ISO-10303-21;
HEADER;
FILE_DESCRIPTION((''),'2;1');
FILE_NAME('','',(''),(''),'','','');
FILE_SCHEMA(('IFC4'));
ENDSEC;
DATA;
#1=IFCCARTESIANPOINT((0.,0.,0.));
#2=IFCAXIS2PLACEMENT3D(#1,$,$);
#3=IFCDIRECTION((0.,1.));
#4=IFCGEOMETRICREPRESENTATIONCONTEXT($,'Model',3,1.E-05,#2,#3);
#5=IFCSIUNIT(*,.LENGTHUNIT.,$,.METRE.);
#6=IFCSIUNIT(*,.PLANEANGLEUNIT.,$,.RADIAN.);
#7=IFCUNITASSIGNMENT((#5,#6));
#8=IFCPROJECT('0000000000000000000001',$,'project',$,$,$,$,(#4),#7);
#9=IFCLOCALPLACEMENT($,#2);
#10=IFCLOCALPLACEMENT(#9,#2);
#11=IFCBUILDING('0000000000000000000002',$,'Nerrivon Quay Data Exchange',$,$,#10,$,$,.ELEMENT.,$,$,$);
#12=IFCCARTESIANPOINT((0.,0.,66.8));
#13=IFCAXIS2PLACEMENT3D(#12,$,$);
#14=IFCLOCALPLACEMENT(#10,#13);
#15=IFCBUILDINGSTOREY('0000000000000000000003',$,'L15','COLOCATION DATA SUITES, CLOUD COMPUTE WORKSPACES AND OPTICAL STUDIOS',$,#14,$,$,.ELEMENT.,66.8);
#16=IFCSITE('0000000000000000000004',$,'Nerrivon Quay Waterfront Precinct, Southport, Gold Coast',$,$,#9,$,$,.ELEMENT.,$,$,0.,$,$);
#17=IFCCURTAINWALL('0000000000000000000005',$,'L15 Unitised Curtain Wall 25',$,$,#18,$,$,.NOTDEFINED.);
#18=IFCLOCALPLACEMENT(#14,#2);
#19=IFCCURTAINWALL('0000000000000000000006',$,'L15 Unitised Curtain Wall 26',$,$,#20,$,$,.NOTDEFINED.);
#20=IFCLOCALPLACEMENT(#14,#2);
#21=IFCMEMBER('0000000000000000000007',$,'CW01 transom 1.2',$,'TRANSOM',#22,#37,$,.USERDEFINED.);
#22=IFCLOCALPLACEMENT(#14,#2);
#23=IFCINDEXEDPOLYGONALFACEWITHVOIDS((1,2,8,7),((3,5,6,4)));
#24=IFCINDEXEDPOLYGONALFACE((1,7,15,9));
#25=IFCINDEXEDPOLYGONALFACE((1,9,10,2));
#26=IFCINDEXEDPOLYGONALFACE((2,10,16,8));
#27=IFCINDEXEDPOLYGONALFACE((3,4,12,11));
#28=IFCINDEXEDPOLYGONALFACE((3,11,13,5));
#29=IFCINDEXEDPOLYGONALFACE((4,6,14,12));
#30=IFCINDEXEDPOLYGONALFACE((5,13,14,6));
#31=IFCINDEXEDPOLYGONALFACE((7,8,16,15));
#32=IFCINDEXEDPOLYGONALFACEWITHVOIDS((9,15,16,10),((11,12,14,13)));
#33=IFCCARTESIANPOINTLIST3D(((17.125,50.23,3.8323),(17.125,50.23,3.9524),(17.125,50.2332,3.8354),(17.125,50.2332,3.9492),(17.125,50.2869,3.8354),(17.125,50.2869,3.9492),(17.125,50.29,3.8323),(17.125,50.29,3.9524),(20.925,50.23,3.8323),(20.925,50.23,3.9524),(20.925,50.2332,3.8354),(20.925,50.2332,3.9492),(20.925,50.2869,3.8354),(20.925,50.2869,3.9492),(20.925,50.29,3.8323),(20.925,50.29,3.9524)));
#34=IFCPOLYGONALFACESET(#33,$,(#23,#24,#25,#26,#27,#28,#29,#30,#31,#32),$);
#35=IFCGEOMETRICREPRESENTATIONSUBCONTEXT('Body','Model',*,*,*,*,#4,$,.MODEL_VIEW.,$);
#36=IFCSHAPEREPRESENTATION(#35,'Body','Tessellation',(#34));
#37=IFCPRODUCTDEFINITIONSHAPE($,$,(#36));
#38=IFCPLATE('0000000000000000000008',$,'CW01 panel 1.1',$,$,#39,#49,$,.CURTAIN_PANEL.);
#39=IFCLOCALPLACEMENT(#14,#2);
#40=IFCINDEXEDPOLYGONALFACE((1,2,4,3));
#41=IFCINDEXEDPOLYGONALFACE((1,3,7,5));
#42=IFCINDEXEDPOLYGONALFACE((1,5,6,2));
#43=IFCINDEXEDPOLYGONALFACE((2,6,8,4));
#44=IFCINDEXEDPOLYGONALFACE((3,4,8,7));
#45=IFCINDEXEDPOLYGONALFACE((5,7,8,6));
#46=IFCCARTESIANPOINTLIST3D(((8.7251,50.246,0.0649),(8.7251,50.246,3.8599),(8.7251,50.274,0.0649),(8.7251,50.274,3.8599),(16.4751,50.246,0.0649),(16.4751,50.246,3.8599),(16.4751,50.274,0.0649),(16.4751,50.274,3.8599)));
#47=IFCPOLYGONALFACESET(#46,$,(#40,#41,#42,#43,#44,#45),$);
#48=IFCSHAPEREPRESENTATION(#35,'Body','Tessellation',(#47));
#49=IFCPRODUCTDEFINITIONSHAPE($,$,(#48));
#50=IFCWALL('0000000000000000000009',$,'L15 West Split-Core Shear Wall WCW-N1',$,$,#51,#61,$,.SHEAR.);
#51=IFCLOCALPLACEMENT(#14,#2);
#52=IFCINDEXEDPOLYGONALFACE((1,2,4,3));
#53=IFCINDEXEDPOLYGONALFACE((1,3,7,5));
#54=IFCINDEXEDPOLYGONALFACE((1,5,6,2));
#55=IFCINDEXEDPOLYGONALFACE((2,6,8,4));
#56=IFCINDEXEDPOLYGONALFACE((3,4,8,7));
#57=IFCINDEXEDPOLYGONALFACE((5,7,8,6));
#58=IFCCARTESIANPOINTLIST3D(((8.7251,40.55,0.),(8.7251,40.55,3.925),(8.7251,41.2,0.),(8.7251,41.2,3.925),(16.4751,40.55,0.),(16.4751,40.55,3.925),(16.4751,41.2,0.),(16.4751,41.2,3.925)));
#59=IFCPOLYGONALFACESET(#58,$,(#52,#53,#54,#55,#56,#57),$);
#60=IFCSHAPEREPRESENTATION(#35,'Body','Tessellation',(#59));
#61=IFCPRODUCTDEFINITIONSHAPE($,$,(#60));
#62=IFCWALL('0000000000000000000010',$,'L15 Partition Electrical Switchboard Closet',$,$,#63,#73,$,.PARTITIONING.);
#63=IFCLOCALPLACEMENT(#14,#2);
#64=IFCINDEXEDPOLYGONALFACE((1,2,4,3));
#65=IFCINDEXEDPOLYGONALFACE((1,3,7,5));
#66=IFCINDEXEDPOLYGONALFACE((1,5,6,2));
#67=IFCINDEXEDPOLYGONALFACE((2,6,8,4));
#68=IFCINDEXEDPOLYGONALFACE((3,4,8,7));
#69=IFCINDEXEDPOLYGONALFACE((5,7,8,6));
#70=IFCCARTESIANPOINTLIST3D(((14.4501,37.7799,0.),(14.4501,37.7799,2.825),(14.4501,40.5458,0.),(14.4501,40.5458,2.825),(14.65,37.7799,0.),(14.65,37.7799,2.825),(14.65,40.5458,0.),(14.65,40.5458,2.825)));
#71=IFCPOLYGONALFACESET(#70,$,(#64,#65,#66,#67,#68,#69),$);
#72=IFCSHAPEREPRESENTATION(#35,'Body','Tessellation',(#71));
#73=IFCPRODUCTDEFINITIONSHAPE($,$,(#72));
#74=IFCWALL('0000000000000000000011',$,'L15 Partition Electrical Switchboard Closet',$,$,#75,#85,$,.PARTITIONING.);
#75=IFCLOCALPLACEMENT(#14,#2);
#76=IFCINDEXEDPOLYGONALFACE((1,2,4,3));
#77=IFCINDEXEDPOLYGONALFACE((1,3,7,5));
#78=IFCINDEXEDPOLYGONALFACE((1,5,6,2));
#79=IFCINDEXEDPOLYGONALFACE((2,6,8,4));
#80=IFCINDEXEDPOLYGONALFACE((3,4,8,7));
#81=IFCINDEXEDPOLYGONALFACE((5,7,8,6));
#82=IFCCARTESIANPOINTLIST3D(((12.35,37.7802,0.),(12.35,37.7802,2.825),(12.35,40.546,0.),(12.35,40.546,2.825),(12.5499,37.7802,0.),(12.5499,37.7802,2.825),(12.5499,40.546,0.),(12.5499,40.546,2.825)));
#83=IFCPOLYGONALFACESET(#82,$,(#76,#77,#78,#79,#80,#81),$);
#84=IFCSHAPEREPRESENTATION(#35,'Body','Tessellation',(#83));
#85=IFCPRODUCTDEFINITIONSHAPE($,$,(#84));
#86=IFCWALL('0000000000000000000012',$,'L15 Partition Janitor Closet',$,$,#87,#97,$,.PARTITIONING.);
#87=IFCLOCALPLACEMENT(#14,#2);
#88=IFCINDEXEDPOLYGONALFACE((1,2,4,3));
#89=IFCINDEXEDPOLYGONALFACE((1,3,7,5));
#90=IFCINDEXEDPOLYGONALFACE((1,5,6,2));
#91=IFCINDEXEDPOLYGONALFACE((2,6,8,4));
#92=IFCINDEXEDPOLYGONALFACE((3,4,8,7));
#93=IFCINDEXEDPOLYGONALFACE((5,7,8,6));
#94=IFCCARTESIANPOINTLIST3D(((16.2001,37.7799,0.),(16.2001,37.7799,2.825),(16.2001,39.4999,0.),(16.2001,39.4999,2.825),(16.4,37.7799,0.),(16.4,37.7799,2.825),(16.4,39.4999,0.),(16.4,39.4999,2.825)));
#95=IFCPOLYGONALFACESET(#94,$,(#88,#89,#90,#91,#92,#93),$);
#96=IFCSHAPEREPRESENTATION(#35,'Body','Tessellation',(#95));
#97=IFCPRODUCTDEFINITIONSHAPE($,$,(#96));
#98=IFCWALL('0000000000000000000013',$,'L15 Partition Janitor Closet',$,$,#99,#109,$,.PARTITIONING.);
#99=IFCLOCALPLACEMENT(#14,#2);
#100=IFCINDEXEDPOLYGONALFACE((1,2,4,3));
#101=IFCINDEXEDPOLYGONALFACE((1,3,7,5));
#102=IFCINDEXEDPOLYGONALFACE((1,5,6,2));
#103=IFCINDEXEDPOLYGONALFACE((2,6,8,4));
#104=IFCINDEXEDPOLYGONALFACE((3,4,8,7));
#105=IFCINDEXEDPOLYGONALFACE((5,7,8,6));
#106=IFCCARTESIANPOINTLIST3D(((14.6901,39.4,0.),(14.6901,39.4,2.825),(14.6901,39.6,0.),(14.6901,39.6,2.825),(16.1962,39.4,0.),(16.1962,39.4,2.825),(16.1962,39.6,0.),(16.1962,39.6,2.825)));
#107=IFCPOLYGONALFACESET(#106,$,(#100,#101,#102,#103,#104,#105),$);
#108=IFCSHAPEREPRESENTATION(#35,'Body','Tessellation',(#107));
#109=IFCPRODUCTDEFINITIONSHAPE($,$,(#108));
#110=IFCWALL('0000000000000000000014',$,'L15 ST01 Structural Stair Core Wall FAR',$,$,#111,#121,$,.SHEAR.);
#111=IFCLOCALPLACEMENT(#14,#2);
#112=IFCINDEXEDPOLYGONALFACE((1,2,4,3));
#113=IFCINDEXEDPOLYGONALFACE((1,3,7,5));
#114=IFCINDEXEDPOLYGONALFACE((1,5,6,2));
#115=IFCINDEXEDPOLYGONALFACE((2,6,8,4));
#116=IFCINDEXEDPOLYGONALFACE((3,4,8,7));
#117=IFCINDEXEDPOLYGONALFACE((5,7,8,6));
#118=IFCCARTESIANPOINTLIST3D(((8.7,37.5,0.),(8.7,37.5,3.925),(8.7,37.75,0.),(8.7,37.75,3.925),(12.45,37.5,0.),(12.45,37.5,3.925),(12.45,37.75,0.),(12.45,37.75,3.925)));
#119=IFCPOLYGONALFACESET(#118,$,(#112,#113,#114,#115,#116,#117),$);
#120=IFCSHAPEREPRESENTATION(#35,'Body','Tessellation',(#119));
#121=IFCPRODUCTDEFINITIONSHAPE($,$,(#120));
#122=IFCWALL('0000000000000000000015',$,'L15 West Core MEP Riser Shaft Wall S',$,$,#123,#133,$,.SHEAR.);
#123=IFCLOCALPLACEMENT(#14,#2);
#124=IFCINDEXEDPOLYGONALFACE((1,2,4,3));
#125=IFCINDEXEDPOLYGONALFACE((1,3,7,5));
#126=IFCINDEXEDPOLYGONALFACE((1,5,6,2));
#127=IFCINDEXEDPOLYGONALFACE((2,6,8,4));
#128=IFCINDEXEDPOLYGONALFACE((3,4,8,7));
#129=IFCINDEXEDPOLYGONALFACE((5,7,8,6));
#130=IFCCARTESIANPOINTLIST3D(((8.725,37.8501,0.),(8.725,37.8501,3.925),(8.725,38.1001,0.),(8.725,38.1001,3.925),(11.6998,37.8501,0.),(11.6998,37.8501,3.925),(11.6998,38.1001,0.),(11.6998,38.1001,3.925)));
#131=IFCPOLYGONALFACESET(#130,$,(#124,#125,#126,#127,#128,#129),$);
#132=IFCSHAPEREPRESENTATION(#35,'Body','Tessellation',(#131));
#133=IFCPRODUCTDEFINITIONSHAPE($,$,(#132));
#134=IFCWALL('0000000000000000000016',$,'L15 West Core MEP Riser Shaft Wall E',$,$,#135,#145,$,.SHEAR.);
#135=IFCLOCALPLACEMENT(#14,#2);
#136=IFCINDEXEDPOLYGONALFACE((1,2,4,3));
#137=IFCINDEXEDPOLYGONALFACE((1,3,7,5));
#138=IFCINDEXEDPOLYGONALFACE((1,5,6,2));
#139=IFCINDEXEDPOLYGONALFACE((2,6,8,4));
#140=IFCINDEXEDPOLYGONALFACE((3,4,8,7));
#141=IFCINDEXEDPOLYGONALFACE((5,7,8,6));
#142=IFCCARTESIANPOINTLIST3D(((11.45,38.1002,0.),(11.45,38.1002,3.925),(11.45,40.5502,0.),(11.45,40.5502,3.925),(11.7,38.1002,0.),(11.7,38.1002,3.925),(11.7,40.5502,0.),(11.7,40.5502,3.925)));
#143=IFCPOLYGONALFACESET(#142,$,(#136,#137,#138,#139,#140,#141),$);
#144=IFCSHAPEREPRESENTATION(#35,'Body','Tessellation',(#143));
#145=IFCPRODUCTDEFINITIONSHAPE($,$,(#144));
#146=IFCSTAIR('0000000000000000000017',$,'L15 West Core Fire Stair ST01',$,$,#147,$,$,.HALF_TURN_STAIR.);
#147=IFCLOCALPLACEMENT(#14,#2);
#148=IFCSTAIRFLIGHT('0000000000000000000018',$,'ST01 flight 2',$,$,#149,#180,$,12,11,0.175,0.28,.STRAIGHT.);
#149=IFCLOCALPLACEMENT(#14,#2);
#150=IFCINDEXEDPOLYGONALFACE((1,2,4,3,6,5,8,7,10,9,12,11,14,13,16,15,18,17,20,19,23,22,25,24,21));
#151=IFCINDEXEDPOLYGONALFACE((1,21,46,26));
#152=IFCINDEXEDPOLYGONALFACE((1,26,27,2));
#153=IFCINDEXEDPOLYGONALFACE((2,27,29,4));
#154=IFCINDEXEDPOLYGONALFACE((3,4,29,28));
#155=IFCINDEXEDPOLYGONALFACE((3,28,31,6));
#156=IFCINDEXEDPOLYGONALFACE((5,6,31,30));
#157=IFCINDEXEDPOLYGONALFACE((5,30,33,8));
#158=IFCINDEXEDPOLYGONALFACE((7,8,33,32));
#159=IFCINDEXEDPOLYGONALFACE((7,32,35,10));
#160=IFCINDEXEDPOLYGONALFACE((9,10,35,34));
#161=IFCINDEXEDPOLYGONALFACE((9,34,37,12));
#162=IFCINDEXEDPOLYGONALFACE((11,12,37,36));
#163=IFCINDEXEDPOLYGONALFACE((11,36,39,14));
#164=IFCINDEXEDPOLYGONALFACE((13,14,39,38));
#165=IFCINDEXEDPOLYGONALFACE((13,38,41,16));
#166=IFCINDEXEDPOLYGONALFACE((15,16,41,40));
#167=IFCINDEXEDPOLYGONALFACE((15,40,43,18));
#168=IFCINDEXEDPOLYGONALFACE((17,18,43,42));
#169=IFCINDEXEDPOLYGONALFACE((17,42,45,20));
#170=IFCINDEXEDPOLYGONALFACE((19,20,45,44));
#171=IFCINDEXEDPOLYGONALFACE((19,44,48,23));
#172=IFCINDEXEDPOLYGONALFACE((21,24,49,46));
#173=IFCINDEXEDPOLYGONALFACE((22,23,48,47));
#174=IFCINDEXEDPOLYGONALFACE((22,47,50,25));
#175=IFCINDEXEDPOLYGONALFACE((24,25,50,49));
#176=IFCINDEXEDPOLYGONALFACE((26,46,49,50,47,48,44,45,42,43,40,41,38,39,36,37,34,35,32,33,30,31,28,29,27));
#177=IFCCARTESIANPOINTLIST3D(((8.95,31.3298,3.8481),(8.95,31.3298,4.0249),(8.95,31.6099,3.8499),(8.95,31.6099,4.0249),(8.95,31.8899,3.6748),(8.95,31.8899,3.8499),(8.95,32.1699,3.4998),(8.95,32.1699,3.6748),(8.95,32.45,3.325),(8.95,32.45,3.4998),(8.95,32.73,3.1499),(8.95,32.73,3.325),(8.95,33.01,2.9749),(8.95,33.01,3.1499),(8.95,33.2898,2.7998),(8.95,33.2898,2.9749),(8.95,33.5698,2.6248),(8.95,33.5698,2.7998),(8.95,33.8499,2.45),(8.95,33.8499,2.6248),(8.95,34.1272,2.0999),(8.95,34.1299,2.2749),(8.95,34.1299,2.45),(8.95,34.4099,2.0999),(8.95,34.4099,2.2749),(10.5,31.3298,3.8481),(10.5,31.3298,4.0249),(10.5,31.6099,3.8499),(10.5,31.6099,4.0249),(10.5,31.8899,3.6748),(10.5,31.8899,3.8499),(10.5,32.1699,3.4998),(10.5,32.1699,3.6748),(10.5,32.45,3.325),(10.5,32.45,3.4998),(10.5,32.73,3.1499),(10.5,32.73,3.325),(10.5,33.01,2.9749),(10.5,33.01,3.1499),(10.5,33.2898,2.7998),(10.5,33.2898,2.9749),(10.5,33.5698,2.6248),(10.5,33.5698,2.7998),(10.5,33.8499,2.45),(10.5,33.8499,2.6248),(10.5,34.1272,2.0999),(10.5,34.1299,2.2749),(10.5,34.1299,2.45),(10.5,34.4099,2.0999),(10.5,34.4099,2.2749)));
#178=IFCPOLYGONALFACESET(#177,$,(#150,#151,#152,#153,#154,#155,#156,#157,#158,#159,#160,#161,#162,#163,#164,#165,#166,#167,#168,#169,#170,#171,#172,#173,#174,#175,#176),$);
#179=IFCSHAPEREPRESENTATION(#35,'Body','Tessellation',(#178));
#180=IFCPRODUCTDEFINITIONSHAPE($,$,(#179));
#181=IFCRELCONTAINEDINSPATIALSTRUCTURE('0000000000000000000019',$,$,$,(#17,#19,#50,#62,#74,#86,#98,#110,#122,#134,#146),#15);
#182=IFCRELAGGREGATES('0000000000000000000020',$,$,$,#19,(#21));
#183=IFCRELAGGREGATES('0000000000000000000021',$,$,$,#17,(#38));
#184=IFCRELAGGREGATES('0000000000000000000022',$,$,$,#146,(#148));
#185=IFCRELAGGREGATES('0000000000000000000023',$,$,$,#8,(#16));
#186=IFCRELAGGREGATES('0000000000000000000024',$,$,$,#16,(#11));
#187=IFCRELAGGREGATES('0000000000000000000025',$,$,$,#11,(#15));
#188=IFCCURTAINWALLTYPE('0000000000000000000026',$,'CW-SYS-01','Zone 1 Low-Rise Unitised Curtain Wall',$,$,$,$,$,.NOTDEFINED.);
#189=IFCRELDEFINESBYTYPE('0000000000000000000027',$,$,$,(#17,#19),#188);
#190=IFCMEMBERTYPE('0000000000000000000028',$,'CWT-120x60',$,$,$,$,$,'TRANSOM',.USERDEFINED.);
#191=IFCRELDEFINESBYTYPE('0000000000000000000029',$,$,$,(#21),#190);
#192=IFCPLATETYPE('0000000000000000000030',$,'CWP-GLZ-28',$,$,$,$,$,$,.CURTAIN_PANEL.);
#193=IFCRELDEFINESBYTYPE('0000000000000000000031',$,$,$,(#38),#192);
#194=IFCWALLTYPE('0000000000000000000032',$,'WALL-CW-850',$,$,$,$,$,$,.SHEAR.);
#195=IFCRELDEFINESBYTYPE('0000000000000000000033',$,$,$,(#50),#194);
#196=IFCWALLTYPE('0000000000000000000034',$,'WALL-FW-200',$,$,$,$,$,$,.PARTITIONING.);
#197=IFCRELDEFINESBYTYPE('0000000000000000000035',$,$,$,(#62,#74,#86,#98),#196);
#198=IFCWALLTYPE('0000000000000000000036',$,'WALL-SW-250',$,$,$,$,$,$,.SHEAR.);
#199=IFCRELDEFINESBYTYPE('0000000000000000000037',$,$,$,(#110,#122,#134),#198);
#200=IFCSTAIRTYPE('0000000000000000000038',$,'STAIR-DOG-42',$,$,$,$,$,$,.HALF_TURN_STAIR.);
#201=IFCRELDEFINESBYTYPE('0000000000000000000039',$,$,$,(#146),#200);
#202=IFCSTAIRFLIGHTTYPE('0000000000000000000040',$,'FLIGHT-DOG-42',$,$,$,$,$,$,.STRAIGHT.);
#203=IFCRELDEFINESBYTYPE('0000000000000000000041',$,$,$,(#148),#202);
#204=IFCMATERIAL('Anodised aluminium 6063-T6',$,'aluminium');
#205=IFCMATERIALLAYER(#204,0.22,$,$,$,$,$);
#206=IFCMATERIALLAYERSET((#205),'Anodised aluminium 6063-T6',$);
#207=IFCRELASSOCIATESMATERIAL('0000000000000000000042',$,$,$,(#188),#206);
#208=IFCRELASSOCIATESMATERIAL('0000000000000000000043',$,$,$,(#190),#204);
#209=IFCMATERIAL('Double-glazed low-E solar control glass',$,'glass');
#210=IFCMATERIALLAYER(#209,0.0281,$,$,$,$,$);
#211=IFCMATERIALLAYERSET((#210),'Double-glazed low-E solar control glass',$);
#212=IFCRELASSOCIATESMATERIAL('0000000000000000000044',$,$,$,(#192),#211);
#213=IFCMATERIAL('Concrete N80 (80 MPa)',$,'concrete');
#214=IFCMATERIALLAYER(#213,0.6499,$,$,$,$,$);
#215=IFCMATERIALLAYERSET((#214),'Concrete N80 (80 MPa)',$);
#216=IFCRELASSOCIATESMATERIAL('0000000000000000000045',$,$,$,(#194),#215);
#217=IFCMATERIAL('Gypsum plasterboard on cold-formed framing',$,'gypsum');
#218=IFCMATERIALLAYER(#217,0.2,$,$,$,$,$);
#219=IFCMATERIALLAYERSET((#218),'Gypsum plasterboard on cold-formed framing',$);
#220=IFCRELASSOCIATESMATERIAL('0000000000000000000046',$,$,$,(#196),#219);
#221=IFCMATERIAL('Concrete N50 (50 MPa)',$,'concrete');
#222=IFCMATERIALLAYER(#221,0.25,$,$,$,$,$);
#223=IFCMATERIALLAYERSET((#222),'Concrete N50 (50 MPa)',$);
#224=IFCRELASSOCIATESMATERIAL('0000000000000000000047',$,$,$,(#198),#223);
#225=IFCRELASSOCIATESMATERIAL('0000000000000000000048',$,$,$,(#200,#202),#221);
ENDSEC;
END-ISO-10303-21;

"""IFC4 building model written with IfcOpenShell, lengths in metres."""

from ifc_helpers import new_model, si_unit, direction, frame, frame_2d, origin, origin_2d, place, context, subcontext, project, spatial, polyline, rectangle, hollow_rectangle, outline, extrude, material, layer, layer_set, material_profile, profile_set, type_object, element, aggregate, save


model = new_model("IFC4")

# Units and contexts
model_context = context("Model", 3, precision=1e-05, world=origin(), true_north=direction((0.0, 1.0)))
body_context = subcontext(model_context, "Body", "Model", "MODEL_VIEW")
ifc_project = project(units=[si_unit("LENGTHUNIT", "METRE"), si_unit("PLANEANGLEUNIT", "RADIAN")], contexts=[model_context])

# Site, building, storey
site_placement = place(None, origin())
site = spatial("IfcSite", under=ifc_project, at=site_placement, Name="Nerrivon Quay Waterfront Precinct, Southport, Gold Coast", CompositionType="ELEMENT", RefElevation=0.0)
building_placement = place(site_placement, origin())
building = spatial("IfcBuilding", under=site, at=building_placement, Name="Nerrivon Quay Data Exchange", CompositionType="ELEMENT")
storey_placement = place(building_placement, frame((0.0, 0.0, 66.8)))
storey = spatial("IfcBuildingStorey", under=building, at=storey_placement, Name="L15", Description="COLOCATION DATA SUITES, CLOUD COMPUTE WORKSPACES AND OPTICAL STUDIOS", CompositionType="ELEMENT", Elevation=66.8)

# Shared definitions
ifc_material_1 = material(Name="Concrete N80 (80 MPa)", Category="concrete")

# Curtain walls
ifc_material_2 = material(Name="Anodised aluminium 6063-T6", Category="aluminium")
ifc_layer_1 = layer(ifc_material_2, 0.22)
ifc_layer_set_1 = layer_set([ifc_layer_1], Name="Anodised aluminium 6063-T6")
curtain_wall_type = type_object("IfcCurtainWallType", Name="CW-SYS-01", Description="Zone 1 Low-Rise Unitised Curtain Wall", PredefinedType="NOTDEFINED", material=ifc_layer_set_1)
curtain_wall_1_placement = place(storey_placement, origin())
curtain_wall_1 = element("IfcCurtainWall", 1, at=curtain_wall_1_placement, inside=storey, type_object=curtain_wall_type, Name="L15 Unitised Curtain Wall 25", PredefinedType="NOTDEFINED")
curtain_wall_2_placement = place(storey_placement, origin())
curtain_wall_2 = element("IfcCurtainWall", 2, at=curtain_wall_2_placement, inside=storey, type_object=curtain_wall_type, Name="L15 Unitised Curtain Wall 26", PredefinedType="NOTDEFINED")

# Member
ifc_material_profile_1 = material_profile(ifc_material_2, hollow_rectangle(XDim=0.0601, YDim=0.1201, WallThickness=0.0032, at=origin_2d()), Name="ALU-TRAN-120x60")
ifc_profile_set_1 = profile_set([ifc_material_profile_1], Name="Anodised aluminium 6063-T6")
member_type_1 = type_object("IfcMemberType", Name="CWT-120x60", ElementType="TRANSOM", PredefinedType="USERDEFINED", material=ifc_profile_set_1)
member_1_placement = place(storey_placement, frame((17.125, 50.26, 3.8923), z_axis=(1.0, 0.0, 0.0), x_axis=(0.0, 1.0, 0.0)))
member_1 = element("IfcMember", 3, at=member_1_placement, type_object=member_type_1, Name="CW01 transom 1.2", ObjectType="TRANSOM", PredefinedType="USERDEFINED", context=body_context, shape_type="SweptSolid", body=[
    extrude(hollow_rectangle(XDim=0.0601, YDim=0.1201, WallThickness=0.0032, at=origin_2d()), origin(), (0.0, 0.0, 1.0), 3.8),
])
aggregate(curtain_wall_2, [member_1])

# Plate
ifc_material_3 = material(Name="Double-glazed low-E solar control glass", Category="glass")
ifc_layer_2 = layer(ifc_material_3, 0.0281)
ifc_layer_set_2 = layer_set([ifc_layer_2], Name="Double-glazed low-E solar control glass")
plate_type = type_object("IfcPlateType", Name="CWP-GLZ-28", PredefinedType="CURTAIN_PANEL", material=ifc_layer_set_2)
plate_placement = place(storey_placement, frame((12.6001, 50.26, 0.0649), z_axis=(0.0, 0.0, 1.0), x_axis=(1.0, 0.0, 0.0)))
plate = element("IfcPlate", 4, at=plate_placement, type_object=plate_type, Name="CW01 panel 1.1", PredefinedType="CURTAIN_PANEL", context=body_context, shape_type="SweptSolid", body=[
    extrude(rectangle(XDim=7.75, YDim=0.0281, at=origin_2d()), origin(), (0.0, 0.0, 1.0), 3.7949),
])
aggregate(curtain_wall_1, [plate])

# Wall
ifc_layer_3 = layer(ifc_material_1, 0.6499)
ifc_layer_set_3 = layer_set([ifc_layer_3], Name="Concrete N80 (80 MPa)")
wall_type_1 = type_object("IfcWallType", Name="WALL-CW-850", PredefinedType="SHEAR", material=ifc_layer_set_3)
wall_1_placement = place(storey_placement, frame((8.7251, 40.875, 0.0), z_axis=(0.0, 0.0, 1.0), x_axis=(1.0, 0.0, 0.0)))
element("IfcWall", 5, at=wall_1_placement, inside=storey, type_object=wall_type_1, Name="L15 West Split-Core Shear Wall WCW-N1", PredefinedType="SHEAR", context=body_context, shape_type="SweptSolid", body=[
    extrude(rectangle(XDim=7.75, YDim=0.6499, at=frame_2d((3.875, 0.0))), origin(), (0.0, 0.0, 1.0), 3.925),
])

# Walls
ifc_material_4 = material(Name="Gypsum plasterboard on cold-formed framing", Category="gypsum")
ifc_layer_4 = layer(ifc_material_4, 0.2)
ifc_layer_set_4 = layer_set([ifc_layer_4], Name="Gypsum plasterboard on cold-formed framing")
wall_type_2 = type_object("IfcWallType", Name="WALL-FW-200", PredefinedType="PARTITIONING", material=ifc_layer_set_4)
for number, where, z_axis, x_axis, name in (
    (6, (14.55, 37.78, 0.0), (0.0, 0.0, 1.0), (0.0, 1.0, 0.0), "L15 Partition Electrical Switchboard Closet"),
    (7, (12.45, 40.5459, 0.0), (0.0, 0.0, 1.0), (0.0, -1.0, 0.0), "L15 Partition Electrical Switchboard Closet"),
):
    element("IfcWall", number, at=place(storey_placement, frame(where, z_axis=z_axis, x_axis=x_axis)), inside=storey, type_object=wall_type_2, Name=name, PredefinedType="PARTITIONING", context=body_context, shape_type="SweptSolid", body=[
        extrude(rectangle(XDim=2.7659, YDim=0.2, at=frame_2d((1.3828, 0.0))), origin(), (0.0, 0.0, 1.0), 2.825),
    ])
wall_2_placement = place(storey_placement, frame((16.3, 37.78, 0.0), z_axis=(0.0, 0.0, 1.0), x_axis=(0.0, 1.0, 0.0)))
element("IfcWall", 8, at=wall_2_placement, inside=storey, type_object=wall_type_2, Name="L15 Partition Janitor Closet", PredefinedType="PARTITIONING", context=body_context, shape_type="SweptSolid", body=[
    extrude(rectangle(XDim=1.72, YDim=0.2, at=frame_2d((0.8599, 0.0))), origin(), (0.0, 0.0, 1.0), 2.825),
])
wall_3_placement = place(storey_placement, frame((16.196, 39.5, 0.0), z_axis=(0.0, 0.0, 1.0), x_axis=(-1.0, 0.0, 0.0)))
element("IfcWall", 9, at=wall_3_placement, inside=storey, type_object=wall_type_2, Name="L15 Partition Janitor Closet", PredefinedType="PARTITIONING", context=body_context, shape_type="SweptSolid", body=[
    extrude(rectangle(XDim=1.5061, YDim=0.2, at=frame_2d((0.7529, 0.0))), origin(), (0.0, 0.0, 1.0), 2.825),
])
ifc_material_5 = material(Name="Concrete N50 (50 MPa)", Category="concrete")
ifc_layer_5 = layer(ifc_material_5, 0.25)
ifc_layer_set_5 = layer_set([ifc_layer_5], Name="Concrete N50 (50 MPa)")
wall_type_3 = type_object("IfcWallType", Name="WALL-SW-250", PredefinedType="SHEAR", material=ifc_layer_set_5)
wall_4_placement = place(storey_placement, frame((12.45, 37.625, 0.0), z_axis=(0.0, 0.0, 1.0), x_axis=(-1.0, 0.0, 0.0)))
element("IfcWall", 10, at=wall_4_placement, inside=storey, type_object=wall_type_3, Name="L15 ST01 Structural Stair Core Wall FAR", PredefinedType="SHEAR", context=body_context, shape_type="SweptSolid", body=[
    extrude(rectangle(XDim=3.75, YDim=0.25, at=frame_2d((1.875, 0.0))), origin(), (0.0, 0.0, 1.0), 3.925),
])
wall_5_placement = place(storey_placement, frame((8.7251, 37.9751, 0.0), z_axis=(0.0, 0.0, 1.0), x_axis=(1.0, 0.0, 0.0)))
element("IfcWall", 11, at=wall_5_placement, inside=storey, type_object=wall_type_3, Name="L15 West Core MEP Riser Shaft Wall S", PredefinedType="SHEAR", context=body_context, shape_type="SweptSolid", body=[
    extrude(rectangle(XDim=2.9749, YDim=0.25, at=frame_2d((1.4873, 0.0))), origin(), (0.0, 0.0, 1.0), 3.925),
])
wall_6_placement = place(storey_placement, frame((11.575, 38.1001, 0.0), z_axis=(0.0, 0.0, 1.0), x_axis=(0.0, 1.0, 0.0)))
element("IfcWall", 12, at=wall_6_placement, inside=storey, type_object=wall_type_3, Name="L15 West Core MEP Riser Shaft Wall E", PredefinedType="SHEAR", context=body_context, shape_type="SweptSolid", body=[
    extrude(rectangle(XDim=2.45, YDim=0.25, at=frame_2d((1.2251, 0.0))), origin(), (0.0, 0.0, 1.0), 3.925),
])

# Stair, stair flight
stair_type = type_object("IfcStairType", Name="STAIR-DOG-42", PredefinedType="HALF_TURN_STAIR", material=ifc_material_5)
stair_placement = place(storey_placement, origin())
stair = element("IfcStair", 13, at=stair_placement, inside=storey, type_object=stair_type, Name="L15 West Core Fire Stair ST01", PredefinedType="HALF_TURN_STAIR")
stair_flight_type = type_object("IfcStairFlightType", Name="FLIGHT-DOG-42", PredefinedType="STRAIGHT", material=ifc_material_5)
stair_flight_placement = place(storey_placement, frame((9.7251, 34.4099, 2.0999), z_axis=(0.0, 0.0, 1.0), x_axis=(0.0, -1.0, 0.0)))
stair_flight = element("IfcStairFlight", 14, at=stair_flight_placement, type_object=stair_flight_type, Name="ST01 flight 2", NumberOfRisers=12, NumberOfTreads=11, PredefinedType="STRAIGHT", RiserHeight=0.175, TreadLength=0.28, context=body_context, shape_type="SweptSolid", body=[
    extrude(outline(polyline([(0.0, 0.0), (0.0, 0.175), (0.28, 0.175), (0.28, 0.3501), (0.5601, 0.3501), (0.5601, 0.5249), (0.8401, 0.5249), (0.8401, 0.7), (1.1201, 0.7), (1.1201, 0.875), (1.3999, 0.875), (1.3999, 1.05), (1.6799, 1.05), (1.6799, 1.2251), (1.96, 1.2251), (1.96, 1.3999), (2.24, 1.3999), (2.24, 1.575), (2.52, 1.575), (2.52, 1.75), (2.8, 1.75), (2.8, 1.925), (3.0801, 1.925), (3.0801, 2.1001), (3.0801, 1.7483), (0.2827, 0.0), (0.0, 0.0)])), frame((0.0, 0.7749, 0.0), z_axis=(0.0, -1.0, 0.0), x_axis=(1.0, 0.0, 0.0)), (0.0, 0.0, 1.0), 1.55),
])
aggregate(stair, [stair_flight])

save(model, "model.ifc")
